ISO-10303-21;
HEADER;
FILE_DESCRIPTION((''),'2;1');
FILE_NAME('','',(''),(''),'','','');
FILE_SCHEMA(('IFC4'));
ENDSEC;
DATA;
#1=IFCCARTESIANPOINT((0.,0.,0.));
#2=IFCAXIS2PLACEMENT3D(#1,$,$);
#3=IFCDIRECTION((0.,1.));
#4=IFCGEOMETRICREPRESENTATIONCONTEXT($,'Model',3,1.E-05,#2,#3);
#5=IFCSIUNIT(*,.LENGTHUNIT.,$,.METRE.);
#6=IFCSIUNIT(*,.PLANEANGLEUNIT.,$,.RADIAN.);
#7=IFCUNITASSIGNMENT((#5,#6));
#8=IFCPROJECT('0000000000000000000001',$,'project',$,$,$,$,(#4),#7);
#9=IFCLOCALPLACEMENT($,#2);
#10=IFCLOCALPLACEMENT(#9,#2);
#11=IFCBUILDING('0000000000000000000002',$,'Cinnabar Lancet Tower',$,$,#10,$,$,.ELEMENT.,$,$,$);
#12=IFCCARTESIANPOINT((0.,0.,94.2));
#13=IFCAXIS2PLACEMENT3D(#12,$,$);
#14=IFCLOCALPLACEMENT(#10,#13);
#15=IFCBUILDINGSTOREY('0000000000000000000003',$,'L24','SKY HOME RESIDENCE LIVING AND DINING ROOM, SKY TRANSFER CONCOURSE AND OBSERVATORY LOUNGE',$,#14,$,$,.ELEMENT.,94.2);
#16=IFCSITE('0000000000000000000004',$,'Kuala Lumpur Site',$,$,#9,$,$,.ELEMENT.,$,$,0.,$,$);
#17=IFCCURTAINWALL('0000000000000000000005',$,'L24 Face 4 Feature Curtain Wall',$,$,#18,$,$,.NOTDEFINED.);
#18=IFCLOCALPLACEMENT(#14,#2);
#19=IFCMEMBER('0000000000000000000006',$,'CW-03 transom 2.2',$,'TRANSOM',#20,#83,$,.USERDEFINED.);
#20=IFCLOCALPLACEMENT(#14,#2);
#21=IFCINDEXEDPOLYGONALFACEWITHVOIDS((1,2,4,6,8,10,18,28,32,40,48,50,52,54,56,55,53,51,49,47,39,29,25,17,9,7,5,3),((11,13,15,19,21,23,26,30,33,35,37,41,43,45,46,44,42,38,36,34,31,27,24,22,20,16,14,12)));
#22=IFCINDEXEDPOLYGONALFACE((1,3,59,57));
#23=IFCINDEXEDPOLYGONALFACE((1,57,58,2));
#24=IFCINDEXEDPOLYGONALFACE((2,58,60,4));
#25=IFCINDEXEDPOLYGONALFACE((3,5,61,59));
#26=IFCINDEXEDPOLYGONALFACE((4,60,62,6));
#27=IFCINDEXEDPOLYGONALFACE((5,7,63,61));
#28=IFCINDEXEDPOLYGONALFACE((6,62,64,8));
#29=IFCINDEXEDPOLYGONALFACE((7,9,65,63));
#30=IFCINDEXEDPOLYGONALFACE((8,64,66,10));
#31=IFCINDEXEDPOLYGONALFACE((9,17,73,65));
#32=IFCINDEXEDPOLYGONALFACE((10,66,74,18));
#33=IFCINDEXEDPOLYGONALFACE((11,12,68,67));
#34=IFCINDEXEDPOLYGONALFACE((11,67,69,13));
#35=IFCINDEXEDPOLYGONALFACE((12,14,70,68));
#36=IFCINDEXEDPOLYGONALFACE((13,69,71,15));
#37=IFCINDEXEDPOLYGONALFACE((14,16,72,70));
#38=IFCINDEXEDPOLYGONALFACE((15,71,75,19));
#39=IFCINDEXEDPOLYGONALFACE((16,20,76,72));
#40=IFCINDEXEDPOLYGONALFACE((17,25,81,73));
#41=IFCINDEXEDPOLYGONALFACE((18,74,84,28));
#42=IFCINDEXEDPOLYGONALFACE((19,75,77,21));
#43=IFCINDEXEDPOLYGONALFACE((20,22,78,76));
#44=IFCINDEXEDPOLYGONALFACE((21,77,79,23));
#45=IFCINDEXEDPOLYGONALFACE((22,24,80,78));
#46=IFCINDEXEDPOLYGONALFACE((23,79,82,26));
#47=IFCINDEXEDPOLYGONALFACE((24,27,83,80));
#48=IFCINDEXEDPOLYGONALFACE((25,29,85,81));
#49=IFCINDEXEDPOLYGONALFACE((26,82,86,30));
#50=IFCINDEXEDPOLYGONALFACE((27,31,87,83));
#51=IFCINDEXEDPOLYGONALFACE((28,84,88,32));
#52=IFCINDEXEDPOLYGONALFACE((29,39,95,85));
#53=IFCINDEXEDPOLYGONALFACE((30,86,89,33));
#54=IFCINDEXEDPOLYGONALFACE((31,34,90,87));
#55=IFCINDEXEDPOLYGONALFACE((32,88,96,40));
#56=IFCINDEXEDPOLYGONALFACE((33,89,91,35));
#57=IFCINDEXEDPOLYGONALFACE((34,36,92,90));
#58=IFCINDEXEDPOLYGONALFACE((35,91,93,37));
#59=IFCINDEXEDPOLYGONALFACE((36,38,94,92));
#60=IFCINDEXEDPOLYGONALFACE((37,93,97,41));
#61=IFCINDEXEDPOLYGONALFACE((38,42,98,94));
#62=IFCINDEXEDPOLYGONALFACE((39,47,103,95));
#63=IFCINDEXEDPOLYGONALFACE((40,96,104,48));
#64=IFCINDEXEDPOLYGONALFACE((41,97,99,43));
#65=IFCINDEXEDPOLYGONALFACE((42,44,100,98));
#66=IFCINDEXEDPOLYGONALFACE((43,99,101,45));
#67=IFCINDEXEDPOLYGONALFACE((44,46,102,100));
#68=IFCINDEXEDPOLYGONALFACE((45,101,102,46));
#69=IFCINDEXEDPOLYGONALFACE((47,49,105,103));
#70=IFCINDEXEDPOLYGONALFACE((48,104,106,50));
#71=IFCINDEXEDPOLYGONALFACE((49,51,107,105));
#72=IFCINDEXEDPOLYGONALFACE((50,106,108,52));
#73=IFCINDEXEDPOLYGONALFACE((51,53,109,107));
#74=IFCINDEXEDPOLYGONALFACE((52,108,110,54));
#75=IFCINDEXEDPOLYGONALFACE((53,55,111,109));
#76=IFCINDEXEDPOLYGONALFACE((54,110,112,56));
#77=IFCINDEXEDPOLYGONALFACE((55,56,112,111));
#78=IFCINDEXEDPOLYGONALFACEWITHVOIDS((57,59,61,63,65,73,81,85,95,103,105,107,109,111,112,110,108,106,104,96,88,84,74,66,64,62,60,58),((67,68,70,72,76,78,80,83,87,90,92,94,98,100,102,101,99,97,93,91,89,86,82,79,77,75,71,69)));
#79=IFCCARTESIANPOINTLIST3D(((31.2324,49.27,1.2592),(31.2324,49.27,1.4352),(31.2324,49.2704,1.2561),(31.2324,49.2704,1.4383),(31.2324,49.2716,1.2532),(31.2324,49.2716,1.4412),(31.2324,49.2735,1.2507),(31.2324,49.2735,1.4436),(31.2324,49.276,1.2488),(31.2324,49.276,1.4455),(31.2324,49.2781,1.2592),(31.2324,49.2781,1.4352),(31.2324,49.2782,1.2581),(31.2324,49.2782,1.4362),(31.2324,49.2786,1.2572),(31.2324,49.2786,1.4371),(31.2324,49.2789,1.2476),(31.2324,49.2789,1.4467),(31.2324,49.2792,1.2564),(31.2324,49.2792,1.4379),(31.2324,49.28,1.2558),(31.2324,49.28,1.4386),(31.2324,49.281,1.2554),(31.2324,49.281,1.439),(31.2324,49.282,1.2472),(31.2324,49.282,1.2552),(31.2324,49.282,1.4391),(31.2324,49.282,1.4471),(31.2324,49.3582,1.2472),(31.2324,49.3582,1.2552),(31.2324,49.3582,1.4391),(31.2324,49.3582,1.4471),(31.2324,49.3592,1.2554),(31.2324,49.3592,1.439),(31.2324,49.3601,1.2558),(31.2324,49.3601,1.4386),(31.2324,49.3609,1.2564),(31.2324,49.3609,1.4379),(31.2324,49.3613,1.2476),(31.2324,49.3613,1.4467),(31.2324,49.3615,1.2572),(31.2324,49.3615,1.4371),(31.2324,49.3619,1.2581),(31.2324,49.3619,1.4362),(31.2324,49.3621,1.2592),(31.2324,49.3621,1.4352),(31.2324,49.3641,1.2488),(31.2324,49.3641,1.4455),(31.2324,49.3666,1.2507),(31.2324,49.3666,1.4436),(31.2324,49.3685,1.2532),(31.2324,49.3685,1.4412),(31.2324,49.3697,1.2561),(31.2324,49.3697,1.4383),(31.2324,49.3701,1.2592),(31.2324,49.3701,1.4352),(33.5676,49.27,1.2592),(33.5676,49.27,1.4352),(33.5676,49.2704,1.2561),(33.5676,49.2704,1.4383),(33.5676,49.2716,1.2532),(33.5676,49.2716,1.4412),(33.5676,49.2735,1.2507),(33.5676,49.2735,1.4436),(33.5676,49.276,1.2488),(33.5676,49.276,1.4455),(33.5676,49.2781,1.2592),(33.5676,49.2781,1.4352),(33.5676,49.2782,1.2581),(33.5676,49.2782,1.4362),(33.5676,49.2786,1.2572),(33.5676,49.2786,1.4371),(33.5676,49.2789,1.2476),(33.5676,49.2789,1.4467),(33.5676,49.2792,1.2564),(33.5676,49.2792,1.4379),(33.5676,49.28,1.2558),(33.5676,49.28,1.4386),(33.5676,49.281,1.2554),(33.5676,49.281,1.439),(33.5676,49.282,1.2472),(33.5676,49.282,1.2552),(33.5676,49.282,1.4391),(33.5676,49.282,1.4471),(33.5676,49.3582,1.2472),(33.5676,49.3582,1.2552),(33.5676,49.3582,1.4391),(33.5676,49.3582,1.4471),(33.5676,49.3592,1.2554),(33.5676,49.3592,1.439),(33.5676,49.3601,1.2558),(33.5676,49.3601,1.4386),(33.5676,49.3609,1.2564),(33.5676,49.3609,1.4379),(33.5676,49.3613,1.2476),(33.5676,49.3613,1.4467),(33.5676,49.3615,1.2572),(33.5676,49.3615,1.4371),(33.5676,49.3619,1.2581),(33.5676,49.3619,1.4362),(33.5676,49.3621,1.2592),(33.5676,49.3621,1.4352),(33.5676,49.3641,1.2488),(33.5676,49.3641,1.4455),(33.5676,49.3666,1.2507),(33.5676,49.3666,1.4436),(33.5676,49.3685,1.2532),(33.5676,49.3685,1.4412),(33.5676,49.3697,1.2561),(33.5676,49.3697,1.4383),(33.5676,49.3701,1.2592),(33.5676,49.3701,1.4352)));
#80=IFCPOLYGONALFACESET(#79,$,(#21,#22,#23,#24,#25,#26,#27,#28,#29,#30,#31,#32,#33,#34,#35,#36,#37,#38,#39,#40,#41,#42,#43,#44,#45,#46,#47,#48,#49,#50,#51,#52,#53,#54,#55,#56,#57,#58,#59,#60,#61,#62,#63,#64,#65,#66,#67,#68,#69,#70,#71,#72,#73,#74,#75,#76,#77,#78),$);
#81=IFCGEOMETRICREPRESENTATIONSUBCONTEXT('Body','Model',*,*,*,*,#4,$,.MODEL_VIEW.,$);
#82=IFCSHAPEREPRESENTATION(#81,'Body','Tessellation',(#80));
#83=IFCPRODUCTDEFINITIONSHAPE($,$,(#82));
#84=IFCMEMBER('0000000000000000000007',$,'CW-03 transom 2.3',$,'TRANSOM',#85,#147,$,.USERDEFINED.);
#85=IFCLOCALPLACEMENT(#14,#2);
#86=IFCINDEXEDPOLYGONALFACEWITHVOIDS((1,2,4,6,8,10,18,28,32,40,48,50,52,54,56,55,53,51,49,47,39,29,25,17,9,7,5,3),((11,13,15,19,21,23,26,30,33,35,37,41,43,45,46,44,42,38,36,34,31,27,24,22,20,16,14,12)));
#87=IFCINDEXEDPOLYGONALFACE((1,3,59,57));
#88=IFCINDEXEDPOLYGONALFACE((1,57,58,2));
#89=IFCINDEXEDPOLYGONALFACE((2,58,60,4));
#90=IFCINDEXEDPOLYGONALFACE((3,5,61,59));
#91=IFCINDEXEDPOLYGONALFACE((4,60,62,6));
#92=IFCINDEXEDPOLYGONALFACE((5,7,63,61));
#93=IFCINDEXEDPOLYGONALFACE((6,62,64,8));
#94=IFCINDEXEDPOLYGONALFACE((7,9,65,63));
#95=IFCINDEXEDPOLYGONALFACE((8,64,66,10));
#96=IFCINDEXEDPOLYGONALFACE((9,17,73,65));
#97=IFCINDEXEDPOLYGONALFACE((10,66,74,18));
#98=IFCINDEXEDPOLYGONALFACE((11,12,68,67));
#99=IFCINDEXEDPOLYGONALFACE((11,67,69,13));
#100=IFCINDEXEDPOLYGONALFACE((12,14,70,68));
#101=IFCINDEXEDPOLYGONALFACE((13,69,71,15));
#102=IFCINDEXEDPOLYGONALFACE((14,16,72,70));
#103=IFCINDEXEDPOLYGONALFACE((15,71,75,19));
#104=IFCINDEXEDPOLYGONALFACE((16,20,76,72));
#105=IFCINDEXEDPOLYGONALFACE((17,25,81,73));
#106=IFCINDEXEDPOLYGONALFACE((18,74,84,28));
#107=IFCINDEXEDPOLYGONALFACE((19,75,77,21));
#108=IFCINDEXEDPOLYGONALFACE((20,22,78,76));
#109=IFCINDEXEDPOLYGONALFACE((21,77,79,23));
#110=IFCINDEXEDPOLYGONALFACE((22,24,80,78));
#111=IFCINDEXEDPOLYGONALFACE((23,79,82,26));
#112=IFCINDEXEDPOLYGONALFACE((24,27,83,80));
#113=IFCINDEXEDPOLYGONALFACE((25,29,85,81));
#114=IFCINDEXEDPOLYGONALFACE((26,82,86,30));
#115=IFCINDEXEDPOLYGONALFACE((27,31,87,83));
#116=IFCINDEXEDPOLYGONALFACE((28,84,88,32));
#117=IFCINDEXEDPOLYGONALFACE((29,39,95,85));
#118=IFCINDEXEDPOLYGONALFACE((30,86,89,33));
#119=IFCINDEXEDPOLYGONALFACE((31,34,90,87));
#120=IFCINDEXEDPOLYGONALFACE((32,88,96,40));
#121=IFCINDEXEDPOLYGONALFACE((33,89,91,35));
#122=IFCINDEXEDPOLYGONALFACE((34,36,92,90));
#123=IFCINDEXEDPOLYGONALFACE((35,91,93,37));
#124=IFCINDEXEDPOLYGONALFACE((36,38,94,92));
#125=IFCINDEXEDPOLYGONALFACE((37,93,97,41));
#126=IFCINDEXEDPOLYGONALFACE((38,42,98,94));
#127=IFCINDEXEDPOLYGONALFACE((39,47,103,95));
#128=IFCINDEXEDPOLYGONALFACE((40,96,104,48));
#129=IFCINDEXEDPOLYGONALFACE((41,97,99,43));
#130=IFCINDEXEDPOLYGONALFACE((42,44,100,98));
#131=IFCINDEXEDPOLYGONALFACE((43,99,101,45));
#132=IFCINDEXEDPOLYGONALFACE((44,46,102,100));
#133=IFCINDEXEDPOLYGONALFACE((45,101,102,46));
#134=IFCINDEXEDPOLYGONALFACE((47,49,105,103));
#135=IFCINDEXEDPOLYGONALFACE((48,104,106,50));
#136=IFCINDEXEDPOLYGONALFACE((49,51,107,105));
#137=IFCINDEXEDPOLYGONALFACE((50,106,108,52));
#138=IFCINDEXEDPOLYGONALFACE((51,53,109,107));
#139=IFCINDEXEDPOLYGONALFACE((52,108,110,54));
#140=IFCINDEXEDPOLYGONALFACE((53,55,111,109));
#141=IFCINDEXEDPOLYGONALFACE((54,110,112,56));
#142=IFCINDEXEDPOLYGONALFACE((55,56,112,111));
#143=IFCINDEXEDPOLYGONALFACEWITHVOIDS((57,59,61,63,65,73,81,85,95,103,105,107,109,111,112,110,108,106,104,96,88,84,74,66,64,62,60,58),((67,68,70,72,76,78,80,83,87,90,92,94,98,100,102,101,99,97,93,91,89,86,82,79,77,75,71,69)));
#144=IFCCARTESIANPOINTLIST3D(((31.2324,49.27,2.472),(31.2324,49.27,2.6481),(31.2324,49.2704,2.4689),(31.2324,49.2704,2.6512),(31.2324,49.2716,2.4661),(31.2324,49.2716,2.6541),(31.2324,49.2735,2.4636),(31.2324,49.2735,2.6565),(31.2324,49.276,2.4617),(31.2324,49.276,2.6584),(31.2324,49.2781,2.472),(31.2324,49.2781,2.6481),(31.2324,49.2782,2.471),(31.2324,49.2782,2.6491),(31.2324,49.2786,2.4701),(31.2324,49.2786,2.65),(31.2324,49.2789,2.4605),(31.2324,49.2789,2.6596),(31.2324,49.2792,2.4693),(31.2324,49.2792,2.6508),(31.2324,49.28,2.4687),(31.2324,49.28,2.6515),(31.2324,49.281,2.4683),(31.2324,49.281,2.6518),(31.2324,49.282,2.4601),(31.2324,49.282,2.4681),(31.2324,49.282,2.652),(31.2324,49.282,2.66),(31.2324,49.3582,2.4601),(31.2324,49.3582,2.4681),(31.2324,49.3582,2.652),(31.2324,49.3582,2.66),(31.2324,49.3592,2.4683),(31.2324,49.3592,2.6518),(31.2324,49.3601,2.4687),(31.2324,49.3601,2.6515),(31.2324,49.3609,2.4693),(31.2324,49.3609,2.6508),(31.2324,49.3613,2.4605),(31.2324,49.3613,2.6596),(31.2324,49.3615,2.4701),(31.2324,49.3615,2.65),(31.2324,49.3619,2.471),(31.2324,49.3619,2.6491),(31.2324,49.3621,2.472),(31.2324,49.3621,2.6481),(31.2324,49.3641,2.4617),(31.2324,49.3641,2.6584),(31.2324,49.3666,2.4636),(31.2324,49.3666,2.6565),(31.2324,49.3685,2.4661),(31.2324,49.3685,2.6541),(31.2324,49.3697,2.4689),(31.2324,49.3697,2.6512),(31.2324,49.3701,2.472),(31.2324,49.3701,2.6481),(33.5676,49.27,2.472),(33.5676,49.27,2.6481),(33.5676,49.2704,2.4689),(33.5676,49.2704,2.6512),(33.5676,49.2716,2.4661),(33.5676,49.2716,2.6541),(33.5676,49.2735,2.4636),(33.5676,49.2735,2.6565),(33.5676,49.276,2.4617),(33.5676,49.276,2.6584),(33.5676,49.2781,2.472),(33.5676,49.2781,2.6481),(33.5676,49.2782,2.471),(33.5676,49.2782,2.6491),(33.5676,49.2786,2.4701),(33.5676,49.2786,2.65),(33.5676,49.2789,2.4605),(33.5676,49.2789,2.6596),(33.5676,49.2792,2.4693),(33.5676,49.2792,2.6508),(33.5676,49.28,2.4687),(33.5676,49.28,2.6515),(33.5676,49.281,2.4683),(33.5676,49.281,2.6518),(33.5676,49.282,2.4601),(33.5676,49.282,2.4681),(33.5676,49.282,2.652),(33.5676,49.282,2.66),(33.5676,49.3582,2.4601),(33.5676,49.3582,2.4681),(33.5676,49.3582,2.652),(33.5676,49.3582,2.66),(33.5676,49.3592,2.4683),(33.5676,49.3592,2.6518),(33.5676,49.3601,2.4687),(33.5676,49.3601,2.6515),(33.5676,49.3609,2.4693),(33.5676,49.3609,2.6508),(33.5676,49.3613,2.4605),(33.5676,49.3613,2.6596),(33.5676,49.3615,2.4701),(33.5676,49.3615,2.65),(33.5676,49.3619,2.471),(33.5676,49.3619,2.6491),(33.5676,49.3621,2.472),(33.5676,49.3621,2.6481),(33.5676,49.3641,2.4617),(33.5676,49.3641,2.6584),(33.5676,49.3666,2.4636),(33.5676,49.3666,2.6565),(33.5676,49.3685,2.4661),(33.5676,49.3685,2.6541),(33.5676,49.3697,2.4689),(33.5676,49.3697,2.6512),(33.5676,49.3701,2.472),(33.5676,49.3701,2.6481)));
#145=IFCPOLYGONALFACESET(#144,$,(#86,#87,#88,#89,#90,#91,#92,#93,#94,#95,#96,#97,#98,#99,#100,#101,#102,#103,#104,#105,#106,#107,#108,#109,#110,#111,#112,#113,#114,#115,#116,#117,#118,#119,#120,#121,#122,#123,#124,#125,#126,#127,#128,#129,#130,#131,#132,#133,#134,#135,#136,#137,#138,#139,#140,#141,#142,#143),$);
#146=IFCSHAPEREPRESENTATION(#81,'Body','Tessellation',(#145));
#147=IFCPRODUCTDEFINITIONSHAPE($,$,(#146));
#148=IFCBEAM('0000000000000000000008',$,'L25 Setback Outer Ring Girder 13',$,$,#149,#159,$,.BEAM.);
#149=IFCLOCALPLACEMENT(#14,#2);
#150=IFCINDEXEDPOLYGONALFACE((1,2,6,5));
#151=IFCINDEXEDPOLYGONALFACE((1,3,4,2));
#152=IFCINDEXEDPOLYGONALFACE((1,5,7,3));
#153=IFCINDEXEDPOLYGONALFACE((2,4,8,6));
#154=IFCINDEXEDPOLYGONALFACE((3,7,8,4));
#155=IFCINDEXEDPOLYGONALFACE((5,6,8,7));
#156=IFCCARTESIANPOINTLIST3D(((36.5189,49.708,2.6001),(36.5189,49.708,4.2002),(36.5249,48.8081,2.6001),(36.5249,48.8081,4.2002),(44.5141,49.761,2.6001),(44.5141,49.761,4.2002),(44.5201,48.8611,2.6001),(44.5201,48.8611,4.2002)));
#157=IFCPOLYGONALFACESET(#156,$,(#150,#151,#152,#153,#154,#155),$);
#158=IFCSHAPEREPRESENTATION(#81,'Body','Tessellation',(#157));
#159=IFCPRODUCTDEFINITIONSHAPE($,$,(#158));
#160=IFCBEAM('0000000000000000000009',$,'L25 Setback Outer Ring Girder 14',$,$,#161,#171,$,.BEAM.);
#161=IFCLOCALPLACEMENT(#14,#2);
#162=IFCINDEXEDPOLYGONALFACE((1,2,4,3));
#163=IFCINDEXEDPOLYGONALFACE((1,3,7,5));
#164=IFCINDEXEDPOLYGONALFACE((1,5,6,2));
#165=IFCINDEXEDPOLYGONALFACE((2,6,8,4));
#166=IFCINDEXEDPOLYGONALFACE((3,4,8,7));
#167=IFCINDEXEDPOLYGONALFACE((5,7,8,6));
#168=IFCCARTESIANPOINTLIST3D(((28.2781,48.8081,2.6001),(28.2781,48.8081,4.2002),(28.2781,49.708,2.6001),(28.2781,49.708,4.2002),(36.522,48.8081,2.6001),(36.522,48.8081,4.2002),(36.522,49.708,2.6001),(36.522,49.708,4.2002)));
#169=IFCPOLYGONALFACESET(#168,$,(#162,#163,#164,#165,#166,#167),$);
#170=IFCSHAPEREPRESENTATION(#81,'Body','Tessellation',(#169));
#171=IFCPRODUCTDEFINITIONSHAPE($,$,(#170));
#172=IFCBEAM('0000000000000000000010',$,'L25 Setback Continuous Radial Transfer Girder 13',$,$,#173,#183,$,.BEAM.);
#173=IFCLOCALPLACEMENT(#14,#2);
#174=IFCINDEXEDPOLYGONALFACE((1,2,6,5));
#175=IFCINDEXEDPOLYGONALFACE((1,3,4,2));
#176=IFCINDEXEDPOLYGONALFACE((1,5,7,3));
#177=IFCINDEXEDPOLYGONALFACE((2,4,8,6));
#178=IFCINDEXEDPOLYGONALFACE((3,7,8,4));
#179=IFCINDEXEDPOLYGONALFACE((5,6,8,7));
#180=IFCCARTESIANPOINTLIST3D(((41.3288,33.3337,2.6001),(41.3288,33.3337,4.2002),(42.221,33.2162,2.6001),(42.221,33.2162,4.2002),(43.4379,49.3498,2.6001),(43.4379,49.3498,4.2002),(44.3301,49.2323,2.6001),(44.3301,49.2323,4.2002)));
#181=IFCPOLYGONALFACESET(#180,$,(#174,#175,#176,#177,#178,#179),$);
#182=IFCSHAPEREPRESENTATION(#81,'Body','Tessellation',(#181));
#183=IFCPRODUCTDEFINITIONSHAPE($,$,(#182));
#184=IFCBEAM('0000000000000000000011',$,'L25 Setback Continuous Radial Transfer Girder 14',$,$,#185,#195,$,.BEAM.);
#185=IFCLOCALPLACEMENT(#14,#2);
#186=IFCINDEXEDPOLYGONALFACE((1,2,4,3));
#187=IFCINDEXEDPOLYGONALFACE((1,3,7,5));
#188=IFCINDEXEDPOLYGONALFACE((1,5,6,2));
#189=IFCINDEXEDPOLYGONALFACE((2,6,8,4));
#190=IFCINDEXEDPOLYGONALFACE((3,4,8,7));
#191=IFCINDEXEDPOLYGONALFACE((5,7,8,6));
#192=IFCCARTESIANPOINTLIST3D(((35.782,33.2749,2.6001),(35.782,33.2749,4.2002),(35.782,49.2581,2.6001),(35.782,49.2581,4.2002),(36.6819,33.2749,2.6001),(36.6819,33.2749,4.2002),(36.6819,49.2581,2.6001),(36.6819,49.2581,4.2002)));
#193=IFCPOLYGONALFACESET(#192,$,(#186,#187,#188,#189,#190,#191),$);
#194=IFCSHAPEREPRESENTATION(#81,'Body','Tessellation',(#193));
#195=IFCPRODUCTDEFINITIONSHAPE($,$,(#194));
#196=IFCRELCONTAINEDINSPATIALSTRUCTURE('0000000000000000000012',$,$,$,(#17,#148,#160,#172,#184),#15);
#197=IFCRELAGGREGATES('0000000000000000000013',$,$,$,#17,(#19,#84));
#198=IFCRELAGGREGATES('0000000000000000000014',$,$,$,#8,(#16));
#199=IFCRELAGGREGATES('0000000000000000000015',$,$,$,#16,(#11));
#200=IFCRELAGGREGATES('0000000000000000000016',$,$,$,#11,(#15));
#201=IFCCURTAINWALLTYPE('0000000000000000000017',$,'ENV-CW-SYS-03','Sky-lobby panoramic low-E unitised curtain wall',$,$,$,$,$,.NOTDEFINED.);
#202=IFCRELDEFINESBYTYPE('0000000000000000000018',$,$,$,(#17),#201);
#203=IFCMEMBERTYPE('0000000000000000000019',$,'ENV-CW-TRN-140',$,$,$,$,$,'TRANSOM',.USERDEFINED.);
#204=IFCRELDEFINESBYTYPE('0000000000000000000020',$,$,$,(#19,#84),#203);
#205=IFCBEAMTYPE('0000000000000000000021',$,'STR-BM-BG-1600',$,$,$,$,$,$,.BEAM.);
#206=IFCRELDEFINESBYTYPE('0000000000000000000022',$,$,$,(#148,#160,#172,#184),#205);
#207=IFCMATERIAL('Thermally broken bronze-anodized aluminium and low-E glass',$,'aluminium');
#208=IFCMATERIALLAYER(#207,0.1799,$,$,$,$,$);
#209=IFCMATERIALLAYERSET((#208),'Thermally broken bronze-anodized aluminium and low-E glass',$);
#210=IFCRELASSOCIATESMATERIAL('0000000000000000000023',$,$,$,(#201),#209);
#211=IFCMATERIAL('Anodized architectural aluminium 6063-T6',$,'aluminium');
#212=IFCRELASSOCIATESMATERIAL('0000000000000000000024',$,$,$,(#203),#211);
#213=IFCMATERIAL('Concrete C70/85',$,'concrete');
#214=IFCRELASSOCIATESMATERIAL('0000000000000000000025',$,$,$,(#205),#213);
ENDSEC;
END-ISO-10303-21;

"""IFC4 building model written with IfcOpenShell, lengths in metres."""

from ifc_helpers import new_model, si_unit, direction, frame, origin, origin_2d, place, context, subcontext, project, spatial, rectangle, hollow_rectangle, extrude, material, layer, layer_set, material_profile, profile_set, type_object, element, aggregate, save


model = new_model("IFC4")

# Units and contexts
model_context = context("Model", 3, precision=1e-05, world=origin(), true_north=direction((0.0, 1.0)))
body_context = subcontext(model_context, "Body", "Model", "MODEL_VIEW")
ifc_project = project(units=[si_unit("LENGTHUNIT", "METRE"), si_unit("PLANEANGLEUNIT", "RADIAN")], contexts=[model_context])

# Site, building, storey
site_placement = place(None, origin())
site = spatial("IfcSite", under=ifc_project, at=site_placement, Name="Kuala Lumpur Site", CompositionType="ELEMENT", RefElevation=0.0)
building_placement = place(site_placement, origin())
building = spatial("IfcBuilding", under=site, at=building_placement, Name="Cinnabar Lancet Tower", CompositionType="ELEMENT")
storey_placement = place(building_placement, frame((0.0, 0.0, 94.2)))
storey = spatial("IfcBuildingStorey", under=building, at=storey_placement, Name="L24", Description="SKY HOME RESIDENCE LIVING AND DINING ROOM, SKY TRANSFER CONCOURSE AND OBSERVATORY LOUNGE", CompositionType="ELEMENT", Elevation=94.2)

# Curtain wall, members
ifc_material_1 = material(Name="Thermally broken bronze-anodized aluminium and low-E glass", Category="aluminium")
ifc_layer_1 = layer(ifc_material_1, 0.1799)
ifc_layer_set_1 = layer_set([ifc_layer_1], Name="Thermally broken bronze-anodized aluminium and low-E glass")
curtain_wall_type = type_object("IfcCurtainWallType", Name="ENV-CW-SYS-03", Description="Sky-lobby panoramic low-E unitised curtain wall", PredefinedType="NOTDEFINED", material=ifc_layer_set_1)
curtain_wall_placement = place(storey_placement, origin())
curtain_wall = element("IfcCurtainWall", 1, at=curtain_wall_placement, inside=storey, type_object=curtain_wall_type, Name="L24 Face 4 Feature Curtain Wall", PredefinedType="NOTDEFINED")
ifc_material_2 = material(Name="Anodized architectural aluminium 6063-T6", Category="aluminium")
ifc_material_profile_1 = material_profile(ifc_material_2, hollow_rectangle(XDim=0.1001, YDim=0.2, WallThickness=0.0081, InnerFilletRadius=0.0039, OuterFilletRadius=0.012, at=origin_2d()), Name="RHS 200x100x8")
ifc_profile_set_1 = profile_set([ifc_material_profile_1], Name="Anodized architectural aluminium 6063-T6")
member_type_1 = type_object("IfcMemberType", Name="ENV-CW-TRN-140", ElementType="TRANSOM", PredefinedType="USERDEFINED", material=ifc_profile_set_1)
member_1_placement = place(storey_placement, frame((33.5676, 49.3201, 1.3472), z_axis=(-1.0, 0.0, 0.0), x_axis=(0.0, -1.0, 0.0)))
member_1 = element("IfcMember", 2, at=member_1_placement, type_object=member_type_1, Name="CW-03 transom 2.2", ObjectType="TRANSOM", PredefinedType="USERDEFINED", context=body_context, shape_type="SweptSolid", body=[
    extrude(hollow_rectangle(XDim=0.1001, YDim=0.2, WallThickness=0.0081, InnerFilletRadius=0.0039, OuterFilletRadius=0.012, at=origin_2d()), origin(), (0.0, 0.0, 1.0), 2.3352),
])
member_2_placement = place(storey_placement, frame((33.5676, 49.3201, 2.5601), z_axis=(-1.0, 0.0, 0.0), x_axis=(0.0, -1.0, 0.0)))
member_2 = element("IfcMember", 3, at=member_2_placement, type_object=member_type_1, Name="CW-03 transom 2.3", ObjectType="TRANSOM", PredefinedType="USERDEFINED", context=body_context, shape_type="SweptSolid", body=[
    extrude(hollow_rectangle(XDim=0.1001, YDim=0.2, WallThickness=0.0081, InnerFilletRadius=0.0039, OuterFilletRadius=0.012, at=origin_2d()), origin(), (0.0, 0.0, 1.0), 2.3352),
])

# Beams
ifc_material_3 = material(Name="Concrete C70/85", Category="concrete")
ifc_material_profile_2 = material_profile(ifc_material_3, rectangle(XDim=0.8999, YDim=1.6001, at=origin_2d()), Name="RC-BG 900x1600")
ifc_profile_set_2 = profile_set([ifc_material_profile_2], Name="Concrete C70/85")
beam_type_1 = type_object("IfcBeamType", Name="STR-BM-BG-1600", PredefinedType="BEAM", material=ifc_profile_set_2)
beam_1_placement = place(storey_placement, frame((44.5171, 49.311, 3.4001), z_axis=(-0.999978, -0.006626, 0.0), x_axis=(0.006626, -0.999978, 0.0)))
element("IfcBeam", 4, at=beam_1_placement, inside=storey, type_object=beam_type_1, Name="L25 Setback Outer Ring Girder 13", PredefinedType="BEAM", context=body_context, shape_type="SweptSolid", body=[
    extrude(rectangle(XDim=0.8999, YDim=1.6001, at=origin_2d()), origin(), (0.0, 0.0, 1.0), 7.9954),
])
beam_2_placement = place(storey_placement, frame((36.522, 49.2581, 3.4001), z_axis=(-1.0, 0.0, 0.0), x_axis=(0.0, -1.0, 0.0)))
element("IfcBeam", 5, at=beam_2_placement, inside=storey, type_object=beam_type_1, Name="L25 Setback Outer Ring Girder 14", PredefinedType="BEAM", context=body_context, shape_type="SweptSolid", body=[
    extrude(rectangle(XDim=0.8999, YDim=1.6001, at=origin_2d()), origin(), (0.0, 0.0, 1.0), 8.2439),
])
beam_3_placement = place(storey_placement, frame((43.884, 49.291, 3.4001), z_axis=(-0.130561, -0.99144, 0.0), x_axis=(0.99144, -0.130561, 0.0)))
element("IfcBeam", 6, at=beam_3_placement, inside=storey, type_object=beam_type_1, Name="L25 Setback Continuous Radial Transfer Girder 13", PredefinedType="BEAM", context=body_context, shape_type="SweptSolid", body=[
    extrude(rectangle(XDim=0.8999, YDim=1.6001, at=origin_2d()), origin(), (0.0, 0.0, 1.0), 16.1543),
])
beam_4_placement = place(storey_placement, frame((36.2319, 49.2581, 3.4001), z_axis=(0.0, -1.0, 0.0), x_axis=(1.0, 0.0, 0.0)))
element("IfcBeam", 7, at=beam_4_placement, inside=storey, type_object=beam_type_1, Name="L25 Setback Continuous Radial Transfer Girder 14", PredefinedType="BEAM", context=body_context, shape_type="SweptSolid", body=[
    extrude(rectangle(XDim=0.8999, YDim=1.6001, at=origin_2d()), origin(), (0.0, 0.0, 1.0), 15.9832),
])

aggregate(curtain_wall, [member_1, member_2])

save(model, "model.ifc")
